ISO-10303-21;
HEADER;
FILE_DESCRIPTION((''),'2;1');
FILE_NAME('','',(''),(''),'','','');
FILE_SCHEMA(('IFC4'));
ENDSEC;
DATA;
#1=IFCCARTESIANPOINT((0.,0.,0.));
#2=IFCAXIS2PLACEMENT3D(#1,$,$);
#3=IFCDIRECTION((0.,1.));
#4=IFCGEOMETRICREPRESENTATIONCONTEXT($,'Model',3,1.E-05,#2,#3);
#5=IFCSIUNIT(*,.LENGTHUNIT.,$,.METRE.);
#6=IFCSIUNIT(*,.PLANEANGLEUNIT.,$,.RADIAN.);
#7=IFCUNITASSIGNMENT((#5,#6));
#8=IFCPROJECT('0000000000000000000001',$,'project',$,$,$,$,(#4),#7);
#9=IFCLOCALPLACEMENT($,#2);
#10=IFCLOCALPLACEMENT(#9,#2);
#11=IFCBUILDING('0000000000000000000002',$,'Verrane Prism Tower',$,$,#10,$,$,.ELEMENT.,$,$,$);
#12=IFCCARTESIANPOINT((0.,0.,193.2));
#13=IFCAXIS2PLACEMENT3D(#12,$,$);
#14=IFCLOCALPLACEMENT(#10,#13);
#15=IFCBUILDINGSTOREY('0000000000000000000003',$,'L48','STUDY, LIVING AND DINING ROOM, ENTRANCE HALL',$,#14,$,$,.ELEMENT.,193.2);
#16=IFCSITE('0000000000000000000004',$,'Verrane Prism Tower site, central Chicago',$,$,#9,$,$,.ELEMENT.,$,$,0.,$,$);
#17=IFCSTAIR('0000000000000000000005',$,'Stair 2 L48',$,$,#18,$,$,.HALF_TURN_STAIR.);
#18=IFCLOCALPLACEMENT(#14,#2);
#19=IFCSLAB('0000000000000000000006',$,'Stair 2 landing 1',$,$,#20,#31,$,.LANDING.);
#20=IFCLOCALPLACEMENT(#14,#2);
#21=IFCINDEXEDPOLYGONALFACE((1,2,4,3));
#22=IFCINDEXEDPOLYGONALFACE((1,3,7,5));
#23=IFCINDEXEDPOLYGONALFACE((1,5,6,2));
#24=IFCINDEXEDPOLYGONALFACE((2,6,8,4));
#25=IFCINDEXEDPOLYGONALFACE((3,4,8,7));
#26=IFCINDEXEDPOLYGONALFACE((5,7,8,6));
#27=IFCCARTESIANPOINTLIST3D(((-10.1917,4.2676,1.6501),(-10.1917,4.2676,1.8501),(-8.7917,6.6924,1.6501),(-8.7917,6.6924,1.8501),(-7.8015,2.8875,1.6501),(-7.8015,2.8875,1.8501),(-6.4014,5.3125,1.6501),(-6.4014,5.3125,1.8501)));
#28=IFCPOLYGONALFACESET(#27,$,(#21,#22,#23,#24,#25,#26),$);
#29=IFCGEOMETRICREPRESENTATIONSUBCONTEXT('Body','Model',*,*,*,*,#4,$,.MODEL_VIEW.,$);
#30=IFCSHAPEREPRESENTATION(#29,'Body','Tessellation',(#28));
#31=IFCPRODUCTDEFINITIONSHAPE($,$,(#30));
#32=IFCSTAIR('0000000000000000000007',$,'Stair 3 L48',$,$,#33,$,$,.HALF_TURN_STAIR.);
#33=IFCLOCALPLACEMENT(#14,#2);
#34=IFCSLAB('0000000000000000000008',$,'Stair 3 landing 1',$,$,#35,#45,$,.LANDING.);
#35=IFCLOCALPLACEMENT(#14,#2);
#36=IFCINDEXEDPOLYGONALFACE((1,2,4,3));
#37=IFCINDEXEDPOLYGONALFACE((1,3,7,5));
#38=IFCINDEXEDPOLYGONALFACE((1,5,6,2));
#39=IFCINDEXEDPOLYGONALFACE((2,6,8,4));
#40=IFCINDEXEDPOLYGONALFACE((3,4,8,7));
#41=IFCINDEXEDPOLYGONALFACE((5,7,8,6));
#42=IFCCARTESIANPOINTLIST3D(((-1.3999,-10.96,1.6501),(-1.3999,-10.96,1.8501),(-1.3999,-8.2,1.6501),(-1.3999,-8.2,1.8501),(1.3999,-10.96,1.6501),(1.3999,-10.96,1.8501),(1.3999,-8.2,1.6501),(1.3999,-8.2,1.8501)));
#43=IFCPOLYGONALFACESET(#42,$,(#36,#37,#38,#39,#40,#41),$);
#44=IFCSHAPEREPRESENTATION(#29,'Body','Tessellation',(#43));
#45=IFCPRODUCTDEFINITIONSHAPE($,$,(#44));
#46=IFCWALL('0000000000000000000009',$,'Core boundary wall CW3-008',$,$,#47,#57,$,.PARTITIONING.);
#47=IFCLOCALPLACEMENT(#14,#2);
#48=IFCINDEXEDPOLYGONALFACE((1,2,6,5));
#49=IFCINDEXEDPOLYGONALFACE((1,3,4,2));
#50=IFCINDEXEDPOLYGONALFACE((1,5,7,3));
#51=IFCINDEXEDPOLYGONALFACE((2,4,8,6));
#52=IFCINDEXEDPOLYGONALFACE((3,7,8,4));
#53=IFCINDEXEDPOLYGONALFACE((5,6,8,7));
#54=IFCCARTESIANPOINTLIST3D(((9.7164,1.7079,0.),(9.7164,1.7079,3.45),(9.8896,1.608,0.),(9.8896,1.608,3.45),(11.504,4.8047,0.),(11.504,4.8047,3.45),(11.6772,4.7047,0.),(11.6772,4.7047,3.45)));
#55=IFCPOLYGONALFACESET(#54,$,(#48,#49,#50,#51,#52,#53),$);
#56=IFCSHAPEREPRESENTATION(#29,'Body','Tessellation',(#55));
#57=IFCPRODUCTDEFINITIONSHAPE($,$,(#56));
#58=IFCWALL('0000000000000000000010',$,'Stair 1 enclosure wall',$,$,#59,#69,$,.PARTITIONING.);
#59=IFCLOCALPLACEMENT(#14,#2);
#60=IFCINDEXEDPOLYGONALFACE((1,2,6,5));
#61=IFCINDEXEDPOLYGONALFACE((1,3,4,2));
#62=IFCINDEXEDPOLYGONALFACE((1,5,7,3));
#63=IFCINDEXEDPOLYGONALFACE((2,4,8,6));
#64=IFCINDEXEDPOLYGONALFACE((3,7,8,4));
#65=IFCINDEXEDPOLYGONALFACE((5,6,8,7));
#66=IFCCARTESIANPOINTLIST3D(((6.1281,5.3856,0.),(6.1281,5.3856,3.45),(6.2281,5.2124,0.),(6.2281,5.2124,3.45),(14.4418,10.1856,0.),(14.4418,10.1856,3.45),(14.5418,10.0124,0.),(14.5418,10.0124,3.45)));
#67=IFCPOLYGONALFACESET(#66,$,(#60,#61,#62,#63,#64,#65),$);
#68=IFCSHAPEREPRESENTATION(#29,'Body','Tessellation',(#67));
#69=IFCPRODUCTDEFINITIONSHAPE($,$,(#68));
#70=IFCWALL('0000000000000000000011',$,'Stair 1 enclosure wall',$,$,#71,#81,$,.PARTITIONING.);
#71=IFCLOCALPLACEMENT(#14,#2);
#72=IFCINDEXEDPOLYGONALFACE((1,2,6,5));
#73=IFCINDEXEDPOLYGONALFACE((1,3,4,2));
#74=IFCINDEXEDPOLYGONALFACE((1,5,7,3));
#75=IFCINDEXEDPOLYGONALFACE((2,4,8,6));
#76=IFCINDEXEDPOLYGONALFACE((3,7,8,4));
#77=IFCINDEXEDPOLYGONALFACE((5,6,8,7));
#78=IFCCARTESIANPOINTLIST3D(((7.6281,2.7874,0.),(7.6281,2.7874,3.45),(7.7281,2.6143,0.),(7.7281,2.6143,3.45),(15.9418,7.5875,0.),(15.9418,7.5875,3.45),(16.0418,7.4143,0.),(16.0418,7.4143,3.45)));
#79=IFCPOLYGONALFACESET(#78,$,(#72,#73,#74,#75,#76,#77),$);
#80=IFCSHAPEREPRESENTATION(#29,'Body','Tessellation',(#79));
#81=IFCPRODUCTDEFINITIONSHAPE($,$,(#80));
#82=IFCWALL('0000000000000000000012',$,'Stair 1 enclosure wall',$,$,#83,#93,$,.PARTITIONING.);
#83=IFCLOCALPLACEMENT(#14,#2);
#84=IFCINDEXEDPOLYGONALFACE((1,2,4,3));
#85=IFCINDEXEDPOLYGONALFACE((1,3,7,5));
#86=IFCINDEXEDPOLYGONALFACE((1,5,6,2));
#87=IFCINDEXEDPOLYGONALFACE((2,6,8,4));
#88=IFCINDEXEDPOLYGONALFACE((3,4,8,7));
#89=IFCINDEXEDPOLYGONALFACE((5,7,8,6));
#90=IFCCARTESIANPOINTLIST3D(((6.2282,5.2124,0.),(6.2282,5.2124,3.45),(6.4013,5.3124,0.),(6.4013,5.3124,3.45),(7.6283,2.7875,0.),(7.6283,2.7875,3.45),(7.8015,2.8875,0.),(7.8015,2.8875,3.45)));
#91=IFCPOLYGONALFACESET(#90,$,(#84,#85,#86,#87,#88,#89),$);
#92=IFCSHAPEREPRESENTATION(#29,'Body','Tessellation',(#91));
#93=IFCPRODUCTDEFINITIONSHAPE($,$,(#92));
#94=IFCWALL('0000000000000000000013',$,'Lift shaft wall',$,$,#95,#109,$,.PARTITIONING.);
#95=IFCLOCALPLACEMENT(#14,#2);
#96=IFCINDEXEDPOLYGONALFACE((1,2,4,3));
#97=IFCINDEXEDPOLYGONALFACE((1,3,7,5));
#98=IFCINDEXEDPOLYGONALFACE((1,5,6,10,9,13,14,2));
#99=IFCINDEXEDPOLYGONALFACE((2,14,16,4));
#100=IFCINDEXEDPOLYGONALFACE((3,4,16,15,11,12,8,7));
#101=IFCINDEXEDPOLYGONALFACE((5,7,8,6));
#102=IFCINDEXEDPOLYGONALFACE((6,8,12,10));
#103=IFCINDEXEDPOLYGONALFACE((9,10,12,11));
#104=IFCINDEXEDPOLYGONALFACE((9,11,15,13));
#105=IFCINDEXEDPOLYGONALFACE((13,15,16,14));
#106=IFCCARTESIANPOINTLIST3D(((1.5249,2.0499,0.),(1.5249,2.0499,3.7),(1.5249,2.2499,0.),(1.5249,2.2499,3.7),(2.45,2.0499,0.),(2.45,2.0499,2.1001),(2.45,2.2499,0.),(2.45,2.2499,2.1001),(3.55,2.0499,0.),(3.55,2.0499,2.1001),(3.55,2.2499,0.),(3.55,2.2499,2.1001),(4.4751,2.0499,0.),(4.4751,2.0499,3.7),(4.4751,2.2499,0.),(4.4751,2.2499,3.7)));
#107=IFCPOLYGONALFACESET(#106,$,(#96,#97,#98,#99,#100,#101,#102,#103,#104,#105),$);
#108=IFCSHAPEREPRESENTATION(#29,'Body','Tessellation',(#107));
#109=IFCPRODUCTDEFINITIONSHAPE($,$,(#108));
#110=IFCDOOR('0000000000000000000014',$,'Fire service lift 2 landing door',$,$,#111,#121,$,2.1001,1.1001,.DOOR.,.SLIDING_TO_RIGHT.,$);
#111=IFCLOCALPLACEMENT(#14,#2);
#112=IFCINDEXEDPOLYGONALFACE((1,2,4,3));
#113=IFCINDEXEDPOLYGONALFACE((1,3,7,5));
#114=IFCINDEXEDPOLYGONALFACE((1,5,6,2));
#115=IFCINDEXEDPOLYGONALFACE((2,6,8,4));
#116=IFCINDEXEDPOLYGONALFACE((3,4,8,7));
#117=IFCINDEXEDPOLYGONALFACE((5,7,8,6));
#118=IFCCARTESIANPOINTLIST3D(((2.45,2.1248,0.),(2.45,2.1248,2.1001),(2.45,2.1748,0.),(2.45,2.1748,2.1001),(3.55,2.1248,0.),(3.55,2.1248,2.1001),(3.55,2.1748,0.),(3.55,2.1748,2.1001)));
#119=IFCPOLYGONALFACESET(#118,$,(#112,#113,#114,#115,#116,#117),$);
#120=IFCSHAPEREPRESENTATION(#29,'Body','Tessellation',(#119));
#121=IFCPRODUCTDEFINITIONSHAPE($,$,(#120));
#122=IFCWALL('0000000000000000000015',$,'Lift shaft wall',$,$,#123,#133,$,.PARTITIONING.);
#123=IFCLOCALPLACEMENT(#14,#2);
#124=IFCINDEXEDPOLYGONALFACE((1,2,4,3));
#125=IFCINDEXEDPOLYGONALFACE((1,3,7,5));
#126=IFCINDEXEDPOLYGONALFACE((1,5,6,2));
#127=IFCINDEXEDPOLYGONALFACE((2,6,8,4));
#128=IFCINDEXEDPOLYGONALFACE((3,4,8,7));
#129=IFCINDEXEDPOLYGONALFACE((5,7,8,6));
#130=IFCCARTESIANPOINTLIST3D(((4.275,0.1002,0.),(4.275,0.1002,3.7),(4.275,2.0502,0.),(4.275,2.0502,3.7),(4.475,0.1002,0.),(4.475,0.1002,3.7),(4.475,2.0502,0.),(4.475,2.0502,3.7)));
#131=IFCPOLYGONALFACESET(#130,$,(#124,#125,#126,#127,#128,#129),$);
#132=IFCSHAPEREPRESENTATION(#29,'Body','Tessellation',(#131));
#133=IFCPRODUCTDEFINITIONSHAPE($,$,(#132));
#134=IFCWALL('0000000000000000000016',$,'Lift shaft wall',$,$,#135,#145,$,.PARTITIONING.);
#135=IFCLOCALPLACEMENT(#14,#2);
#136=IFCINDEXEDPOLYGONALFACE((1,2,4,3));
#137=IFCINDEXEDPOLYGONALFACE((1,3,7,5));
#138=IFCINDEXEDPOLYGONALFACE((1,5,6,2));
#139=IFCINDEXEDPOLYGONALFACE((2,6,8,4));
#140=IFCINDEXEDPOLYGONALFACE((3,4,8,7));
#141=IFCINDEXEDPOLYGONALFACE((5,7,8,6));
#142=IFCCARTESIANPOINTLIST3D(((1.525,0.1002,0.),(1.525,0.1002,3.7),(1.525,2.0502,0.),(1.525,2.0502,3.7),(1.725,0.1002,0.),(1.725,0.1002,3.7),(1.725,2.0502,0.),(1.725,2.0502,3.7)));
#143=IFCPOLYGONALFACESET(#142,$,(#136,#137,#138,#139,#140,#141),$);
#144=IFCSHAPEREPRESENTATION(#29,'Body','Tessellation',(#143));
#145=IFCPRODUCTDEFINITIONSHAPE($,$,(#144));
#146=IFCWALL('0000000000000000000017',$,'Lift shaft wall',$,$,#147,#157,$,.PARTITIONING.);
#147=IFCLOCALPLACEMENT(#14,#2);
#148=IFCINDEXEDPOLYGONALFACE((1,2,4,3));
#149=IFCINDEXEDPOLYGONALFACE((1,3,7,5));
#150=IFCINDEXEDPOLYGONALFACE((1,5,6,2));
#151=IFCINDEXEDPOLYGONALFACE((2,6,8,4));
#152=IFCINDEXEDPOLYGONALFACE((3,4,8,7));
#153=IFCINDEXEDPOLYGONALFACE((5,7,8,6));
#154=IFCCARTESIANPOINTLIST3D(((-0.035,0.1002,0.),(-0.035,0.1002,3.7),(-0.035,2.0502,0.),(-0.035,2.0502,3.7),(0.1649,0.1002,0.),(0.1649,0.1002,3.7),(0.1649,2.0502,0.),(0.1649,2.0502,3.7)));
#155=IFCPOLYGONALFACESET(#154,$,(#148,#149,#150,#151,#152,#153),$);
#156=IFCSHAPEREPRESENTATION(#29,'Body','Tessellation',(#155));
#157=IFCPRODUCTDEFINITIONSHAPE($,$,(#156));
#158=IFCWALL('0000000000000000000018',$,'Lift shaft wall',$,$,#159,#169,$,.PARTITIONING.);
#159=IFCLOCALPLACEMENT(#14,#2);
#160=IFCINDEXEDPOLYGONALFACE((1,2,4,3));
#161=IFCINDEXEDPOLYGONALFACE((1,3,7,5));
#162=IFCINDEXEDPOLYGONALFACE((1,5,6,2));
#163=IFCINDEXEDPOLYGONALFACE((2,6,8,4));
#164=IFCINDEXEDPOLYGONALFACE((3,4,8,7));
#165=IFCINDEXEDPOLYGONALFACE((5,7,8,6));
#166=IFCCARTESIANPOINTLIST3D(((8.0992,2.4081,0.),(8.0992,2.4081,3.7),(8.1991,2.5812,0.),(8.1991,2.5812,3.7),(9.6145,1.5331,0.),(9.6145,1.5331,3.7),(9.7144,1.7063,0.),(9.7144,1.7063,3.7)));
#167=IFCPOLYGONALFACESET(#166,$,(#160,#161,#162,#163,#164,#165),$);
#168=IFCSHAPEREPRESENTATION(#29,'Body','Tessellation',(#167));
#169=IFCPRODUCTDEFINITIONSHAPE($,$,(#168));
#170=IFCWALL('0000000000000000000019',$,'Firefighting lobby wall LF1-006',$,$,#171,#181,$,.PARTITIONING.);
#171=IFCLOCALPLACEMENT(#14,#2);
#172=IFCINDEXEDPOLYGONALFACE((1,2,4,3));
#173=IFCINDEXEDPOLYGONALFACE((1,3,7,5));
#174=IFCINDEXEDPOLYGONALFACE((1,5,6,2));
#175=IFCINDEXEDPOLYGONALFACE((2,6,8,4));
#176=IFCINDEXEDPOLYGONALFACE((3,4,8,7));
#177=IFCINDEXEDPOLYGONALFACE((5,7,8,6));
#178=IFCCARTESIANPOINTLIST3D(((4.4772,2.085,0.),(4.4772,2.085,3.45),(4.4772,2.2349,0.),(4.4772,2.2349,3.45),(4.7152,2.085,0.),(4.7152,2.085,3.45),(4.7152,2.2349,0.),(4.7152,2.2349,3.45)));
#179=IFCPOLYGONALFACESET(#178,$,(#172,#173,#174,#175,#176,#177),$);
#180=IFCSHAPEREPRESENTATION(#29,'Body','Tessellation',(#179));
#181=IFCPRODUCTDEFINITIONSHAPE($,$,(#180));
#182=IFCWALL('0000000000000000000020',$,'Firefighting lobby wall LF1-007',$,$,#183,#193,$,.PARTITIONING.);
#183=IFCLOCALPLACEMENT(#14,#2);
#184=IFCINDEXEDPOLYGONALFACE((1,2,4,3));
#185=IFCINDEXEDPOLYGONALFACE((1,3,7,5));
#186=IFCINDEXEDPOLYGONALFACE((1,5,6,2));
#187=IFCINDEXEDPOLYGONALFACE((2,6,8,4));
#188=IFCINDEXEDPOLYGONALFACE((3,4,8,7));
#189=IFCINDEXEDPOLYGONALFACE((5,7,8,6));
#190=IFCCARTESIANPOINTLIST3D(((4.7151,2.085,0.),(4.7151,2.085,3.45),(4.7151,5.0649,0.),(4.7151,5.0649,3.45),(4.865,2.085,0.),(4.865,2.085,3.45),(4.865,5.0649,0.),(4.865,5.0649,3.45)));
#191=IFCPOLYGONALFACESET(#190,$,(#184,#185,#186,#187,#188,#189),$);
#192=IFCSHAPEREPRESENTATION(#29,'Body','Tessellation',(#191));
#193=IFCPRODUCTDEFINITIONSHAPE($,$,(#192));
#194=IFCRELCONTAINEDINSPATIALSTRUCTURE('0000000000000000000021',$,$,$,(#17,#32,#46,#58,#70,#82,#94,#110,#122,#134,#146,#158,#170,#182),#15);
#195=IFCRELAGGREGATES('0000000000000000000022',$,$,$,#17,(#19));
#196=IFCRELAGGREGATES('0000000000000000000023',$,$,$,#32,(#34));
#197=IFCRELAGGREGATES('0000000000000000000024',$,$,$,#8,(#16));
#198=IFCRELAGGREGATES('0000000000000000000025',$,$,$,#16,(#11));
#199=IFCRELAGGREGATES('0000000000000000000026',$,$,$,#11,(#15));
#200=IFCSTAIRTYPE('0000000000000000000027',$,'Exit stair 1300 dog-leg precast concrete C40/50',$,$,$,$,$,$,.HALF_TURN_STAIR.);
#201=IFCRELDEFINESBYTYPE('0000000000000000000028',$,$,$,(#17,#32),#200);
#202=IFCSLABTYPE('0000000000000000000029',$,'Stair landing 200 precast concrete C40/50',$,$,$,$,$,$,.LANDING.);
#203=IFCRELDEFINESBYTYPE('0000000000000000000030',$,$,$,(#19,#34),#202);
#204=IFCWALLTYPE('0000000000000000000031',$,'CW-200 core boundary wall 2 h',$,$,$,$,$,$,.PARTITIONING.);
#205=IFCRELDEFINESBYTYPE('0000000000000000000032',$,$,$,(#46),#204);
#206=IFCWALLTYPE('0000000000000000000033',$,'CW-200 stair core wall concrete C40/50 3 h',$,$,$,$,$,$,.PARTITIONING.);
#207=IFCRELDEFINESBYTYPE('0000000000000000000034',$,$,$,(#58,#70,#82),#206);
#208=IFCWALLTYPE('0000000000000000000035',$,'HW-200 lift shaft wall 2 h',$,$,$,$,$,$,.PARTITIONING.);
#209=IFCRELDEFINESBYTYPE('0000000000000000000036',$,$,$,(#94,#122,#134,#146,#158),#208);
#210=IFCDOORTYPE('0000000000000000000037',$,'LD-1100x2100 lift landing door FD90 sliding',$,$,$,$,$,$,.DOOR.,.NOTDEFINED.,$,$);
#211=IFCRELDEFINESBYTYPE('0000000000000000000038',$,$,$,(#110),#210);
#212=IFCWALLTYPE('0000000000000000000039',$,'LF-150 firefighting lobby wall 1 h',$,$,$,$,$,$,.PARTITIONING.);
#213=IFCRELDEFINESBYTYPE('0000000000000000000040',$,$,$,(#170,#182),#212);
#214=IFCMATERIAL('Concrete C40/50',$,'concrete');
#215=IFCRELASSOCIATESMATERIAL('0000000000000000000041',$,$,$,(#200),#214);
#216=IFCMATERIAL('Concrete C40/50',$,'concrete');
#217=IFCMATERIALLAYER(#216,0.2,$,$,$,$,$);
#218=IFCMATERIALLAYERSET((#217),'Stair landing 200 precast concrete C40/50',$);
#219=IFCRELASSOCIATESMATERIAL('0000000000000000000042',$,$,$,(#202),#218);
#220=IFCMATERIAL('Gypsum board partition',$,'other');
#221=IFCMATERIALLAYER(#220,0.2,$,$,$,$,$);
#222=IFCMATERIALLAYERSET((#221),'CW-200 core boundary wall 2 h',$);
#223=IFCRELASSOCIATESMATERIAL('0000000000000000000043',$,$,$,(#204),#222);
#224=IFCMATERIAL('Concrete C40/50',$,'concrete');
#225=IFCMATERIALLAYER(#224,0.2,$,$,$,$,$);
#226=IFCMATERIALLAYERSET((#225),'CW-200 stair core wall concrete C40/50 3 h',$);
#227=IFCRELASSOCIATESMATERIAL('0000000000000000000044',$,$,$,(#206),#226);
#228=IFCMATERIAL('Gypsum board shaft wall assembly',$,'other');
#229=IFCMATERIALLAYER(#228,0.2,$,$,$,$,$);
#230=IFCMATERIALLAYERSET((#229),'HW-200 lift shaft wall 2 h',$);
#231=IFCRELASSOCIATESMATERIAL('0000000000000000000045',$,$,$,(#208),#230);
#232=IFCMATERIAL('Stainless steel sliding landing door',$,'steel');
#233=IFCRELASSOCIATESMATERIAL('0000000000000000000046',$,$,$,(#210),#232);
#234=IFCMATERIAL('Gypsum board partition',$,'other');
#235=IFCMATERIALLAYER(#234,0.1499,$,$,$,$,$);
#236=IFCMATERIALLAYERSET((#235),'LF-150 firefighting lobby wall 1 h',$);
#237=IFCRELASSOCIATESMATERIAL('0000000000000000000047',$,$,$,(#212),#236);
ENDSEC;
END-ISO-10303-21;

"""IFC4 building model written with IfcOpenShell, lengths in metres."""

from ifc_helpers import new_model, si_unit, direction, frame, frame_2d, origin, place, context, subcontext, project, spatial, polyline, rectangle, outline, extrude, material, layer, layer_set, type_object, element, fill, aggregate, save


model = new_model("IFC4")

# Units and contexts
model_context = context("Model", 3, precision=1e-05, world=origin(), true_north=direction((0.0, 1.0)))
body_context = subcontext(model_context, "Body", "Model", "MODEL_VIEW")
ifc_project = project(units=[si_unit("LENGTHUNIT", "METRE"), si_unit("PLANEANGLEUNIT", "RADIAN")], contexts=[model_context])

# Site, building, storey
site_placement = place(None, origin())
site = spatial("IfcSite", under=ifc_project, at=site_placement, Name="Verrane Prism Tower site, central Chicago", CompositionType="ELEMENT", RefElevation=0.0)
building_placement = place(site_placement, origin())
building = spatial("IfcBuilding", under=site, at=building_placement, Name="Verrane Prism Tower", CompositionType="ELEMENT")
storey_placement = place(building_placement, frame((0.0, 0.0, 193.2)))
storey = spatial("IfcBuildingStorey", under=building, at=storey_placement, Name="L48", Description="STUDY, LIVING AND DINING ROOM, ENTRANCE HALL", CompositionType="ELEMENT", Elevation=193.2)

# Stairs, slabs
ifc_material_1 = material(Name="Concrete C40/50", Category="concrete")
stair_type = type_object("IfcStairType", Name="Exit stair 1300 dog-leg precast concrete C40/50", PredefinedType="HALF_TURN_STAIR", material=ifc_material_1)
stair_1_placement = place(storey_placement, origin())
stair_1 = element("IfcStair", 1, at=stair_1_placement, inside=storey, type_object=stair_type, Name="Stair 2 L48", PredefinedType="HALF_TURN_STAIR")
ifc_material_2 = material(Name="Concrete C40/50", Category="concrete")
ifc_layer_1 = layer(ifc_material_2, 0.2)
ifc_layer_set_1 = layer_set([ifc_layer_1], Name="Stair landing 200 precast concrete C40/50")
slab_type_1 = type_object("IfcSlabType", Name="Stair landing 200 precast concrete C40/50", PredefinedType="LANDING", material=ifc_layer_set_1)
slab_1_placement = place(storey_placement, frame((0.0, 0.0, 1.6501)))
slab_1 = element("IfcSlab", 2, at=slab_1_placement, type_object=slab_type_1, Name="Stair 2 landing 1", PredefinedType="LANDING", context=body_context, shape_type="SweptSolid", body=[
    extrude(outline(polyline([(-10.1917, 4.2676), (-7.8015, 2.8875), (-6.4014, 5.3125), (-8.7917, 6.6924), (-10.1917, 4.2676)])), origin(), (0.0, 0.0, 1.0), 0.2),
])
aggregate(stair_1, [slab_1])
stair_2_placement = place(storey_placement, origin())
stair_2 = element("IfcStair", 3, at=stair_2_placement, inside=storey, type_object=stair_type, Name="Stair 3 L48", PredefinedType="HALF_TURN_STAIR")
slab_2_placement = place(storey_placement, frame((0.0, 0.0, 1.6501)))
slab_2 = element("IfcSlab", 4, at=slab_2_placement, type_object=slab_type_1, Name="Stair 3 landing 1", PredefinedType="LANDING", context=body_context, shape_type="SweptSolid", body=[
    extrude(outline(polyline([(1.3999, -10.96), (1.3999, -8.2), (-1.3999, -8.2), (-1.3999, -10.96), (1.3999, -10.96)])), origin(), (0.0, 0.0, 1.0), 0.2),
])
aggregate(stair_2, [slab_2])

# Walls
ifc_material_3 = material(Name="Gypsum board partition", Category="other")
ifc_layer_2 = layer(ifc_material_3, 0.2)
ifc_layer_set_2 = layer_set([ifc_layer_2], Name="CW-200 core boundary wall 2 h")
wall_type_1 = type_object("IfcWallType", Name="CW-200 core boundary wall 2 h", PredefinedType="PARTITIONING", material=ifc_layer_set_2)
wall_1_placement = place(storey_placement, frame((9.803, 1.658, 0.0), z_axis=(0.0, 0.0, 1.0), x_axis=(0.499943, 0.866058, 0.0)))
element("IfcWall", 5, at=wall_1_placement, inside=storey, type_object=wall_type_1, Name="Core boundary wall CW3-008", PredefinedType="PARTITIONING", context=body_context, shape_type="SweptSolid", body=[
    extrude(rectangle(XDim=3.5757, YDim=0.2, at=frame_2d((1.7878, 0.0))), origin(), (0.0, 0.0, 1.0), 3.45),
])
ifc_material_4 = material(Name="Concrete C40/50", Category="concrete")
ifc_layer_3 = layer(ifc_material_4, 0.2)
ifc_layer_set_3 = layer_set([ifc_layer_3], Name="CW-200 stair core wall concrete C40/50 3 h")
wall_type_2 = type_object("IfcWallType", Name="CW-200 stair core wall concrete C40/50 3 h", PredefinedType="PARTITIONING", material=ifc_layer_set_3)
for number, where, z_axis, x_axis, name in (
    (6, (6.1782, 5.2991, 0.0), (0.0, 0.0, 1.0), (0.86602, 0.500009, 0.0), "Stair 1 enclosure wall"),
    (7, (7.6782, 2.7009, 0.0), (0.0, 0.0, 1.0), (0.86602, 0.500009, 0.0), "Stair 1 enclosure wall"),
):
    element("IfcWall", number, at=place(storey_placement, frame(where, z_axis=z_axis, x_axis=x_axis)), inside=storey, type_object=wall_type_2, Name=name, PredefinedType="PARTITIONING", context=body_context, shape_type="SweptSolid", body=[
        extrude(rectangle(XDim=9.5999, YDim=0.2, at=frame_2d((4.7998, 0.0))), origin(), (0.0, 0.0, 1.0), 3.45),
    ])
wall_2_placement = place(storey_placement, frame((7.7148, 2.8376, 0.0), z_axis=(0.0, 0.0, 1.0), x_axis=(-0.50005, 0.865997, 0.0)))
element("IfcWall", 8, at=wall_2_placement, inside=storey, type_object=wall_type_2, Name="Stair 1 enclosure wall", PredefinedType="PARTITIONING", context=body_context, shape_type="SweptSolid", body=[
    extrude(rectangle(XDim=2.8, YDim=0.2, at=frame_2d((1.3999, 0.0))), origin(), (0.0, 0.0, 1.0), 3.45),
])

# Wall, opening, door
ifc_material_5 = material(Name="Gypsum board shaft wall assembly", Category="other")
ifc_layer_4 = layer(ifc_material_5, 0.2)
ifc_layer_set_4 = layer_set([ifc_layer_4], Name="HW-200 lift shaft wall 2 h")
wall_type_3 = type_object("IfcWallType", Name="HW-200 lift shaft wall 2 h", PredefinedType="PARTITIONING", material=ifc_layer_set_4)
wall_3_placement = place(storey_placement, frame((1.5249, 2.1499, 0.0), z_axis=(0.0, 0.0, 1.0), x_axis=(1.0, 0.0, 0.0)))
wall_3 = element("IfcWall", 9, at=wall_3_placement, inside=storey, type_object=wall_type_3, Name="Lift shaft wall", PredefinedType="PARTITIONING", context=body_context, shape_type="SweptSolid", body=[
    extrude(rectangle(XDim=2.9502, YDim=0.2, at=frame_2d((1.4751, 0.0))), origin(), (0.0, 0.0, 1.0), 3.7),
])
opening_1_placement = place(wall_3_placement, frame((0.925, 0.0, 0.0)))
opening_1 = element("IfcOpeningElement", 10, at=opening_1_placement, cuts=wall_3, PredefinedType="OPENING", context=body_context, shape_type="SweptSolid", body=[
    extrude(rectangle(XDim=1.1001, YDim=2.1001, at=frame_2d((0.55, 1.05))), frame((0.0, 0.1099, 0.0), z_axis=(0.0, -1.0, 0.0), x_axis=(1.0, 0.0, 0.0)), (0.0, 0.0, 1.0), 0.22),
])
ifc_material_6 = material(Name="Stainless steel sliding landing door", Category="steel")
door_type_1 = type_object("IfcDoorType", Name="LD-1100x2100 lift landing door FD90 sliding", OperationType="NOTDEFINED", PredefinedType="DOOR", material=ifc_material_6)
door_1_placement = place(opening_1_placement, origin())
door_1 = element("IfcDoor", 11, at=door_1_placement, inside=storey, type_object=door_type_1, Name="Fire service lift 2 landing door", OperationType="SLIDING_TO_RIGHT", OverallHeight=2.1001, OverallWidth=1.1001, PredefinedType="DOOR", context=body_context, shape_type="SweptSolid", body=[
    extrude(rectangle(XDim=1.1001, YDim=2.1001, at=frame_2d((0.55, 1.05))), frame((0.0, 0.0249, 0.0), z_axis=(0.0, -1.0, 0.0), x_axis=(1.0, 0.0, 0.0)), (0.0, 0.0, 1.0), 0.05),
])
fill(opening_1, door_1)

# Walls
for number, where, z_axis, x_axis, name in (
    (12, (4.375, 0.1001, 0.0), (0.0, 0.0, 1.0), (0.0, 1.0, 0.0), "Lift shaft wall"),
    (13, (1.625, 0.1001, 0.0), (0.0, 0.0, 1.0), (0.0, 1.0, 0.0), "Lift shaft wall"),
    (14, (0.0649, 0.1001, 0.0), (0.0, 0.0, 1.0), (0.0, 1.0, 0.0), "Lift shaft wall"),
):
    element("IfcWall", number, at=place(storey_placement, frame(where, z_axis=z_axis, x_axis=x_axis)), inside=storey, type_object=wall_type_3, Name=name, PredefinedType="PARTITIONING", context=body_context, shape_type="SweptSolid", body=[
        extrude(rectangle(XDim=1.95, YDim=0.2, at=frame_2d((0.9751, 0.0))), origin(), (0.0, 0.0, 1.0), 3.7),
    ])
wall_4_placement = place(storey_placement, frame((9.6646, 1.6196, 0.0), z_axis=(0.0, 0.0, 1.0), x_axis=(-0.866002, 0.50004, 0.0)))
element("IfcWall", 15, at=wall_4_placement, inside=storey, type_object=wall_type_3, Name="Lift shaft wall", PredefinedType="PARTITIONING", context=body_context, shape_type="SweptSolid", body=[
    extrude(rectangle(XDim=1.7498, YDim=0.2, at=frame_2d((0.875, 0.0))), origin(), (0.0, 0.0, 1.0), 3.7),
])
ifc_material_7 = material(Name="Gypsum board partition", Category="other")
ifc_layer_5 = layer(ifc_material_7, 0.1499)
ifc_layer_set_5 = layer_set([ifc_layer_5], Name="LF-150 firefighting lobby wall 1 h")
wall_type_4 = type_object("IfcWallType", Name="LF-150 firefighting lobby wall 1 h", PredefinedType="PARTITIONING", material=ifc_layer_set_5)
wall_5_placement = place(storey_placement, frame((4.4771, 2.1599, 0.0), z_axis=(0.0, 0.0, 1.0), x_axis=(1.0, 0.0, 0.0)))
element("IfcWall", 16, at=wall_5_placement, inside=storey, type_object=wall_type_4, Name="Firefighting lobby wall LF1-006", PredefinedType="PARTITIONING", context=body_context, shape_type="SweptSolid", body=[
    extrude(rectangle(XDim=0.238, YDim=0.1499, at=frame_2d((0.1191, 0.0))), origin(), (0.0, 0.0, 1.0), 3.45),
])
wall_6_placement = place(storey_placement, frame((4.79, 2.085, 0.0), z_axis=(0.0, 0.0, 1.0), x_axis=(0.0, 1.0, 0.0)))
element("IfcWall", 17, at=wall_6_placement, inside=storey, type_object=wall_type_4, Name="Firefighting lobby wall LF1-007", PredefinedType="PARTITIONING", context=body_context, shape_type="SweptSolid", body=[
    extrude(rectangle(XDim=2.98, YDim=0.1499, at=frame_2d((1.49, 0.0))), origin(), (0.0, 0.0, 1.0), 3.45),
])

save(model, "model.ifc")
